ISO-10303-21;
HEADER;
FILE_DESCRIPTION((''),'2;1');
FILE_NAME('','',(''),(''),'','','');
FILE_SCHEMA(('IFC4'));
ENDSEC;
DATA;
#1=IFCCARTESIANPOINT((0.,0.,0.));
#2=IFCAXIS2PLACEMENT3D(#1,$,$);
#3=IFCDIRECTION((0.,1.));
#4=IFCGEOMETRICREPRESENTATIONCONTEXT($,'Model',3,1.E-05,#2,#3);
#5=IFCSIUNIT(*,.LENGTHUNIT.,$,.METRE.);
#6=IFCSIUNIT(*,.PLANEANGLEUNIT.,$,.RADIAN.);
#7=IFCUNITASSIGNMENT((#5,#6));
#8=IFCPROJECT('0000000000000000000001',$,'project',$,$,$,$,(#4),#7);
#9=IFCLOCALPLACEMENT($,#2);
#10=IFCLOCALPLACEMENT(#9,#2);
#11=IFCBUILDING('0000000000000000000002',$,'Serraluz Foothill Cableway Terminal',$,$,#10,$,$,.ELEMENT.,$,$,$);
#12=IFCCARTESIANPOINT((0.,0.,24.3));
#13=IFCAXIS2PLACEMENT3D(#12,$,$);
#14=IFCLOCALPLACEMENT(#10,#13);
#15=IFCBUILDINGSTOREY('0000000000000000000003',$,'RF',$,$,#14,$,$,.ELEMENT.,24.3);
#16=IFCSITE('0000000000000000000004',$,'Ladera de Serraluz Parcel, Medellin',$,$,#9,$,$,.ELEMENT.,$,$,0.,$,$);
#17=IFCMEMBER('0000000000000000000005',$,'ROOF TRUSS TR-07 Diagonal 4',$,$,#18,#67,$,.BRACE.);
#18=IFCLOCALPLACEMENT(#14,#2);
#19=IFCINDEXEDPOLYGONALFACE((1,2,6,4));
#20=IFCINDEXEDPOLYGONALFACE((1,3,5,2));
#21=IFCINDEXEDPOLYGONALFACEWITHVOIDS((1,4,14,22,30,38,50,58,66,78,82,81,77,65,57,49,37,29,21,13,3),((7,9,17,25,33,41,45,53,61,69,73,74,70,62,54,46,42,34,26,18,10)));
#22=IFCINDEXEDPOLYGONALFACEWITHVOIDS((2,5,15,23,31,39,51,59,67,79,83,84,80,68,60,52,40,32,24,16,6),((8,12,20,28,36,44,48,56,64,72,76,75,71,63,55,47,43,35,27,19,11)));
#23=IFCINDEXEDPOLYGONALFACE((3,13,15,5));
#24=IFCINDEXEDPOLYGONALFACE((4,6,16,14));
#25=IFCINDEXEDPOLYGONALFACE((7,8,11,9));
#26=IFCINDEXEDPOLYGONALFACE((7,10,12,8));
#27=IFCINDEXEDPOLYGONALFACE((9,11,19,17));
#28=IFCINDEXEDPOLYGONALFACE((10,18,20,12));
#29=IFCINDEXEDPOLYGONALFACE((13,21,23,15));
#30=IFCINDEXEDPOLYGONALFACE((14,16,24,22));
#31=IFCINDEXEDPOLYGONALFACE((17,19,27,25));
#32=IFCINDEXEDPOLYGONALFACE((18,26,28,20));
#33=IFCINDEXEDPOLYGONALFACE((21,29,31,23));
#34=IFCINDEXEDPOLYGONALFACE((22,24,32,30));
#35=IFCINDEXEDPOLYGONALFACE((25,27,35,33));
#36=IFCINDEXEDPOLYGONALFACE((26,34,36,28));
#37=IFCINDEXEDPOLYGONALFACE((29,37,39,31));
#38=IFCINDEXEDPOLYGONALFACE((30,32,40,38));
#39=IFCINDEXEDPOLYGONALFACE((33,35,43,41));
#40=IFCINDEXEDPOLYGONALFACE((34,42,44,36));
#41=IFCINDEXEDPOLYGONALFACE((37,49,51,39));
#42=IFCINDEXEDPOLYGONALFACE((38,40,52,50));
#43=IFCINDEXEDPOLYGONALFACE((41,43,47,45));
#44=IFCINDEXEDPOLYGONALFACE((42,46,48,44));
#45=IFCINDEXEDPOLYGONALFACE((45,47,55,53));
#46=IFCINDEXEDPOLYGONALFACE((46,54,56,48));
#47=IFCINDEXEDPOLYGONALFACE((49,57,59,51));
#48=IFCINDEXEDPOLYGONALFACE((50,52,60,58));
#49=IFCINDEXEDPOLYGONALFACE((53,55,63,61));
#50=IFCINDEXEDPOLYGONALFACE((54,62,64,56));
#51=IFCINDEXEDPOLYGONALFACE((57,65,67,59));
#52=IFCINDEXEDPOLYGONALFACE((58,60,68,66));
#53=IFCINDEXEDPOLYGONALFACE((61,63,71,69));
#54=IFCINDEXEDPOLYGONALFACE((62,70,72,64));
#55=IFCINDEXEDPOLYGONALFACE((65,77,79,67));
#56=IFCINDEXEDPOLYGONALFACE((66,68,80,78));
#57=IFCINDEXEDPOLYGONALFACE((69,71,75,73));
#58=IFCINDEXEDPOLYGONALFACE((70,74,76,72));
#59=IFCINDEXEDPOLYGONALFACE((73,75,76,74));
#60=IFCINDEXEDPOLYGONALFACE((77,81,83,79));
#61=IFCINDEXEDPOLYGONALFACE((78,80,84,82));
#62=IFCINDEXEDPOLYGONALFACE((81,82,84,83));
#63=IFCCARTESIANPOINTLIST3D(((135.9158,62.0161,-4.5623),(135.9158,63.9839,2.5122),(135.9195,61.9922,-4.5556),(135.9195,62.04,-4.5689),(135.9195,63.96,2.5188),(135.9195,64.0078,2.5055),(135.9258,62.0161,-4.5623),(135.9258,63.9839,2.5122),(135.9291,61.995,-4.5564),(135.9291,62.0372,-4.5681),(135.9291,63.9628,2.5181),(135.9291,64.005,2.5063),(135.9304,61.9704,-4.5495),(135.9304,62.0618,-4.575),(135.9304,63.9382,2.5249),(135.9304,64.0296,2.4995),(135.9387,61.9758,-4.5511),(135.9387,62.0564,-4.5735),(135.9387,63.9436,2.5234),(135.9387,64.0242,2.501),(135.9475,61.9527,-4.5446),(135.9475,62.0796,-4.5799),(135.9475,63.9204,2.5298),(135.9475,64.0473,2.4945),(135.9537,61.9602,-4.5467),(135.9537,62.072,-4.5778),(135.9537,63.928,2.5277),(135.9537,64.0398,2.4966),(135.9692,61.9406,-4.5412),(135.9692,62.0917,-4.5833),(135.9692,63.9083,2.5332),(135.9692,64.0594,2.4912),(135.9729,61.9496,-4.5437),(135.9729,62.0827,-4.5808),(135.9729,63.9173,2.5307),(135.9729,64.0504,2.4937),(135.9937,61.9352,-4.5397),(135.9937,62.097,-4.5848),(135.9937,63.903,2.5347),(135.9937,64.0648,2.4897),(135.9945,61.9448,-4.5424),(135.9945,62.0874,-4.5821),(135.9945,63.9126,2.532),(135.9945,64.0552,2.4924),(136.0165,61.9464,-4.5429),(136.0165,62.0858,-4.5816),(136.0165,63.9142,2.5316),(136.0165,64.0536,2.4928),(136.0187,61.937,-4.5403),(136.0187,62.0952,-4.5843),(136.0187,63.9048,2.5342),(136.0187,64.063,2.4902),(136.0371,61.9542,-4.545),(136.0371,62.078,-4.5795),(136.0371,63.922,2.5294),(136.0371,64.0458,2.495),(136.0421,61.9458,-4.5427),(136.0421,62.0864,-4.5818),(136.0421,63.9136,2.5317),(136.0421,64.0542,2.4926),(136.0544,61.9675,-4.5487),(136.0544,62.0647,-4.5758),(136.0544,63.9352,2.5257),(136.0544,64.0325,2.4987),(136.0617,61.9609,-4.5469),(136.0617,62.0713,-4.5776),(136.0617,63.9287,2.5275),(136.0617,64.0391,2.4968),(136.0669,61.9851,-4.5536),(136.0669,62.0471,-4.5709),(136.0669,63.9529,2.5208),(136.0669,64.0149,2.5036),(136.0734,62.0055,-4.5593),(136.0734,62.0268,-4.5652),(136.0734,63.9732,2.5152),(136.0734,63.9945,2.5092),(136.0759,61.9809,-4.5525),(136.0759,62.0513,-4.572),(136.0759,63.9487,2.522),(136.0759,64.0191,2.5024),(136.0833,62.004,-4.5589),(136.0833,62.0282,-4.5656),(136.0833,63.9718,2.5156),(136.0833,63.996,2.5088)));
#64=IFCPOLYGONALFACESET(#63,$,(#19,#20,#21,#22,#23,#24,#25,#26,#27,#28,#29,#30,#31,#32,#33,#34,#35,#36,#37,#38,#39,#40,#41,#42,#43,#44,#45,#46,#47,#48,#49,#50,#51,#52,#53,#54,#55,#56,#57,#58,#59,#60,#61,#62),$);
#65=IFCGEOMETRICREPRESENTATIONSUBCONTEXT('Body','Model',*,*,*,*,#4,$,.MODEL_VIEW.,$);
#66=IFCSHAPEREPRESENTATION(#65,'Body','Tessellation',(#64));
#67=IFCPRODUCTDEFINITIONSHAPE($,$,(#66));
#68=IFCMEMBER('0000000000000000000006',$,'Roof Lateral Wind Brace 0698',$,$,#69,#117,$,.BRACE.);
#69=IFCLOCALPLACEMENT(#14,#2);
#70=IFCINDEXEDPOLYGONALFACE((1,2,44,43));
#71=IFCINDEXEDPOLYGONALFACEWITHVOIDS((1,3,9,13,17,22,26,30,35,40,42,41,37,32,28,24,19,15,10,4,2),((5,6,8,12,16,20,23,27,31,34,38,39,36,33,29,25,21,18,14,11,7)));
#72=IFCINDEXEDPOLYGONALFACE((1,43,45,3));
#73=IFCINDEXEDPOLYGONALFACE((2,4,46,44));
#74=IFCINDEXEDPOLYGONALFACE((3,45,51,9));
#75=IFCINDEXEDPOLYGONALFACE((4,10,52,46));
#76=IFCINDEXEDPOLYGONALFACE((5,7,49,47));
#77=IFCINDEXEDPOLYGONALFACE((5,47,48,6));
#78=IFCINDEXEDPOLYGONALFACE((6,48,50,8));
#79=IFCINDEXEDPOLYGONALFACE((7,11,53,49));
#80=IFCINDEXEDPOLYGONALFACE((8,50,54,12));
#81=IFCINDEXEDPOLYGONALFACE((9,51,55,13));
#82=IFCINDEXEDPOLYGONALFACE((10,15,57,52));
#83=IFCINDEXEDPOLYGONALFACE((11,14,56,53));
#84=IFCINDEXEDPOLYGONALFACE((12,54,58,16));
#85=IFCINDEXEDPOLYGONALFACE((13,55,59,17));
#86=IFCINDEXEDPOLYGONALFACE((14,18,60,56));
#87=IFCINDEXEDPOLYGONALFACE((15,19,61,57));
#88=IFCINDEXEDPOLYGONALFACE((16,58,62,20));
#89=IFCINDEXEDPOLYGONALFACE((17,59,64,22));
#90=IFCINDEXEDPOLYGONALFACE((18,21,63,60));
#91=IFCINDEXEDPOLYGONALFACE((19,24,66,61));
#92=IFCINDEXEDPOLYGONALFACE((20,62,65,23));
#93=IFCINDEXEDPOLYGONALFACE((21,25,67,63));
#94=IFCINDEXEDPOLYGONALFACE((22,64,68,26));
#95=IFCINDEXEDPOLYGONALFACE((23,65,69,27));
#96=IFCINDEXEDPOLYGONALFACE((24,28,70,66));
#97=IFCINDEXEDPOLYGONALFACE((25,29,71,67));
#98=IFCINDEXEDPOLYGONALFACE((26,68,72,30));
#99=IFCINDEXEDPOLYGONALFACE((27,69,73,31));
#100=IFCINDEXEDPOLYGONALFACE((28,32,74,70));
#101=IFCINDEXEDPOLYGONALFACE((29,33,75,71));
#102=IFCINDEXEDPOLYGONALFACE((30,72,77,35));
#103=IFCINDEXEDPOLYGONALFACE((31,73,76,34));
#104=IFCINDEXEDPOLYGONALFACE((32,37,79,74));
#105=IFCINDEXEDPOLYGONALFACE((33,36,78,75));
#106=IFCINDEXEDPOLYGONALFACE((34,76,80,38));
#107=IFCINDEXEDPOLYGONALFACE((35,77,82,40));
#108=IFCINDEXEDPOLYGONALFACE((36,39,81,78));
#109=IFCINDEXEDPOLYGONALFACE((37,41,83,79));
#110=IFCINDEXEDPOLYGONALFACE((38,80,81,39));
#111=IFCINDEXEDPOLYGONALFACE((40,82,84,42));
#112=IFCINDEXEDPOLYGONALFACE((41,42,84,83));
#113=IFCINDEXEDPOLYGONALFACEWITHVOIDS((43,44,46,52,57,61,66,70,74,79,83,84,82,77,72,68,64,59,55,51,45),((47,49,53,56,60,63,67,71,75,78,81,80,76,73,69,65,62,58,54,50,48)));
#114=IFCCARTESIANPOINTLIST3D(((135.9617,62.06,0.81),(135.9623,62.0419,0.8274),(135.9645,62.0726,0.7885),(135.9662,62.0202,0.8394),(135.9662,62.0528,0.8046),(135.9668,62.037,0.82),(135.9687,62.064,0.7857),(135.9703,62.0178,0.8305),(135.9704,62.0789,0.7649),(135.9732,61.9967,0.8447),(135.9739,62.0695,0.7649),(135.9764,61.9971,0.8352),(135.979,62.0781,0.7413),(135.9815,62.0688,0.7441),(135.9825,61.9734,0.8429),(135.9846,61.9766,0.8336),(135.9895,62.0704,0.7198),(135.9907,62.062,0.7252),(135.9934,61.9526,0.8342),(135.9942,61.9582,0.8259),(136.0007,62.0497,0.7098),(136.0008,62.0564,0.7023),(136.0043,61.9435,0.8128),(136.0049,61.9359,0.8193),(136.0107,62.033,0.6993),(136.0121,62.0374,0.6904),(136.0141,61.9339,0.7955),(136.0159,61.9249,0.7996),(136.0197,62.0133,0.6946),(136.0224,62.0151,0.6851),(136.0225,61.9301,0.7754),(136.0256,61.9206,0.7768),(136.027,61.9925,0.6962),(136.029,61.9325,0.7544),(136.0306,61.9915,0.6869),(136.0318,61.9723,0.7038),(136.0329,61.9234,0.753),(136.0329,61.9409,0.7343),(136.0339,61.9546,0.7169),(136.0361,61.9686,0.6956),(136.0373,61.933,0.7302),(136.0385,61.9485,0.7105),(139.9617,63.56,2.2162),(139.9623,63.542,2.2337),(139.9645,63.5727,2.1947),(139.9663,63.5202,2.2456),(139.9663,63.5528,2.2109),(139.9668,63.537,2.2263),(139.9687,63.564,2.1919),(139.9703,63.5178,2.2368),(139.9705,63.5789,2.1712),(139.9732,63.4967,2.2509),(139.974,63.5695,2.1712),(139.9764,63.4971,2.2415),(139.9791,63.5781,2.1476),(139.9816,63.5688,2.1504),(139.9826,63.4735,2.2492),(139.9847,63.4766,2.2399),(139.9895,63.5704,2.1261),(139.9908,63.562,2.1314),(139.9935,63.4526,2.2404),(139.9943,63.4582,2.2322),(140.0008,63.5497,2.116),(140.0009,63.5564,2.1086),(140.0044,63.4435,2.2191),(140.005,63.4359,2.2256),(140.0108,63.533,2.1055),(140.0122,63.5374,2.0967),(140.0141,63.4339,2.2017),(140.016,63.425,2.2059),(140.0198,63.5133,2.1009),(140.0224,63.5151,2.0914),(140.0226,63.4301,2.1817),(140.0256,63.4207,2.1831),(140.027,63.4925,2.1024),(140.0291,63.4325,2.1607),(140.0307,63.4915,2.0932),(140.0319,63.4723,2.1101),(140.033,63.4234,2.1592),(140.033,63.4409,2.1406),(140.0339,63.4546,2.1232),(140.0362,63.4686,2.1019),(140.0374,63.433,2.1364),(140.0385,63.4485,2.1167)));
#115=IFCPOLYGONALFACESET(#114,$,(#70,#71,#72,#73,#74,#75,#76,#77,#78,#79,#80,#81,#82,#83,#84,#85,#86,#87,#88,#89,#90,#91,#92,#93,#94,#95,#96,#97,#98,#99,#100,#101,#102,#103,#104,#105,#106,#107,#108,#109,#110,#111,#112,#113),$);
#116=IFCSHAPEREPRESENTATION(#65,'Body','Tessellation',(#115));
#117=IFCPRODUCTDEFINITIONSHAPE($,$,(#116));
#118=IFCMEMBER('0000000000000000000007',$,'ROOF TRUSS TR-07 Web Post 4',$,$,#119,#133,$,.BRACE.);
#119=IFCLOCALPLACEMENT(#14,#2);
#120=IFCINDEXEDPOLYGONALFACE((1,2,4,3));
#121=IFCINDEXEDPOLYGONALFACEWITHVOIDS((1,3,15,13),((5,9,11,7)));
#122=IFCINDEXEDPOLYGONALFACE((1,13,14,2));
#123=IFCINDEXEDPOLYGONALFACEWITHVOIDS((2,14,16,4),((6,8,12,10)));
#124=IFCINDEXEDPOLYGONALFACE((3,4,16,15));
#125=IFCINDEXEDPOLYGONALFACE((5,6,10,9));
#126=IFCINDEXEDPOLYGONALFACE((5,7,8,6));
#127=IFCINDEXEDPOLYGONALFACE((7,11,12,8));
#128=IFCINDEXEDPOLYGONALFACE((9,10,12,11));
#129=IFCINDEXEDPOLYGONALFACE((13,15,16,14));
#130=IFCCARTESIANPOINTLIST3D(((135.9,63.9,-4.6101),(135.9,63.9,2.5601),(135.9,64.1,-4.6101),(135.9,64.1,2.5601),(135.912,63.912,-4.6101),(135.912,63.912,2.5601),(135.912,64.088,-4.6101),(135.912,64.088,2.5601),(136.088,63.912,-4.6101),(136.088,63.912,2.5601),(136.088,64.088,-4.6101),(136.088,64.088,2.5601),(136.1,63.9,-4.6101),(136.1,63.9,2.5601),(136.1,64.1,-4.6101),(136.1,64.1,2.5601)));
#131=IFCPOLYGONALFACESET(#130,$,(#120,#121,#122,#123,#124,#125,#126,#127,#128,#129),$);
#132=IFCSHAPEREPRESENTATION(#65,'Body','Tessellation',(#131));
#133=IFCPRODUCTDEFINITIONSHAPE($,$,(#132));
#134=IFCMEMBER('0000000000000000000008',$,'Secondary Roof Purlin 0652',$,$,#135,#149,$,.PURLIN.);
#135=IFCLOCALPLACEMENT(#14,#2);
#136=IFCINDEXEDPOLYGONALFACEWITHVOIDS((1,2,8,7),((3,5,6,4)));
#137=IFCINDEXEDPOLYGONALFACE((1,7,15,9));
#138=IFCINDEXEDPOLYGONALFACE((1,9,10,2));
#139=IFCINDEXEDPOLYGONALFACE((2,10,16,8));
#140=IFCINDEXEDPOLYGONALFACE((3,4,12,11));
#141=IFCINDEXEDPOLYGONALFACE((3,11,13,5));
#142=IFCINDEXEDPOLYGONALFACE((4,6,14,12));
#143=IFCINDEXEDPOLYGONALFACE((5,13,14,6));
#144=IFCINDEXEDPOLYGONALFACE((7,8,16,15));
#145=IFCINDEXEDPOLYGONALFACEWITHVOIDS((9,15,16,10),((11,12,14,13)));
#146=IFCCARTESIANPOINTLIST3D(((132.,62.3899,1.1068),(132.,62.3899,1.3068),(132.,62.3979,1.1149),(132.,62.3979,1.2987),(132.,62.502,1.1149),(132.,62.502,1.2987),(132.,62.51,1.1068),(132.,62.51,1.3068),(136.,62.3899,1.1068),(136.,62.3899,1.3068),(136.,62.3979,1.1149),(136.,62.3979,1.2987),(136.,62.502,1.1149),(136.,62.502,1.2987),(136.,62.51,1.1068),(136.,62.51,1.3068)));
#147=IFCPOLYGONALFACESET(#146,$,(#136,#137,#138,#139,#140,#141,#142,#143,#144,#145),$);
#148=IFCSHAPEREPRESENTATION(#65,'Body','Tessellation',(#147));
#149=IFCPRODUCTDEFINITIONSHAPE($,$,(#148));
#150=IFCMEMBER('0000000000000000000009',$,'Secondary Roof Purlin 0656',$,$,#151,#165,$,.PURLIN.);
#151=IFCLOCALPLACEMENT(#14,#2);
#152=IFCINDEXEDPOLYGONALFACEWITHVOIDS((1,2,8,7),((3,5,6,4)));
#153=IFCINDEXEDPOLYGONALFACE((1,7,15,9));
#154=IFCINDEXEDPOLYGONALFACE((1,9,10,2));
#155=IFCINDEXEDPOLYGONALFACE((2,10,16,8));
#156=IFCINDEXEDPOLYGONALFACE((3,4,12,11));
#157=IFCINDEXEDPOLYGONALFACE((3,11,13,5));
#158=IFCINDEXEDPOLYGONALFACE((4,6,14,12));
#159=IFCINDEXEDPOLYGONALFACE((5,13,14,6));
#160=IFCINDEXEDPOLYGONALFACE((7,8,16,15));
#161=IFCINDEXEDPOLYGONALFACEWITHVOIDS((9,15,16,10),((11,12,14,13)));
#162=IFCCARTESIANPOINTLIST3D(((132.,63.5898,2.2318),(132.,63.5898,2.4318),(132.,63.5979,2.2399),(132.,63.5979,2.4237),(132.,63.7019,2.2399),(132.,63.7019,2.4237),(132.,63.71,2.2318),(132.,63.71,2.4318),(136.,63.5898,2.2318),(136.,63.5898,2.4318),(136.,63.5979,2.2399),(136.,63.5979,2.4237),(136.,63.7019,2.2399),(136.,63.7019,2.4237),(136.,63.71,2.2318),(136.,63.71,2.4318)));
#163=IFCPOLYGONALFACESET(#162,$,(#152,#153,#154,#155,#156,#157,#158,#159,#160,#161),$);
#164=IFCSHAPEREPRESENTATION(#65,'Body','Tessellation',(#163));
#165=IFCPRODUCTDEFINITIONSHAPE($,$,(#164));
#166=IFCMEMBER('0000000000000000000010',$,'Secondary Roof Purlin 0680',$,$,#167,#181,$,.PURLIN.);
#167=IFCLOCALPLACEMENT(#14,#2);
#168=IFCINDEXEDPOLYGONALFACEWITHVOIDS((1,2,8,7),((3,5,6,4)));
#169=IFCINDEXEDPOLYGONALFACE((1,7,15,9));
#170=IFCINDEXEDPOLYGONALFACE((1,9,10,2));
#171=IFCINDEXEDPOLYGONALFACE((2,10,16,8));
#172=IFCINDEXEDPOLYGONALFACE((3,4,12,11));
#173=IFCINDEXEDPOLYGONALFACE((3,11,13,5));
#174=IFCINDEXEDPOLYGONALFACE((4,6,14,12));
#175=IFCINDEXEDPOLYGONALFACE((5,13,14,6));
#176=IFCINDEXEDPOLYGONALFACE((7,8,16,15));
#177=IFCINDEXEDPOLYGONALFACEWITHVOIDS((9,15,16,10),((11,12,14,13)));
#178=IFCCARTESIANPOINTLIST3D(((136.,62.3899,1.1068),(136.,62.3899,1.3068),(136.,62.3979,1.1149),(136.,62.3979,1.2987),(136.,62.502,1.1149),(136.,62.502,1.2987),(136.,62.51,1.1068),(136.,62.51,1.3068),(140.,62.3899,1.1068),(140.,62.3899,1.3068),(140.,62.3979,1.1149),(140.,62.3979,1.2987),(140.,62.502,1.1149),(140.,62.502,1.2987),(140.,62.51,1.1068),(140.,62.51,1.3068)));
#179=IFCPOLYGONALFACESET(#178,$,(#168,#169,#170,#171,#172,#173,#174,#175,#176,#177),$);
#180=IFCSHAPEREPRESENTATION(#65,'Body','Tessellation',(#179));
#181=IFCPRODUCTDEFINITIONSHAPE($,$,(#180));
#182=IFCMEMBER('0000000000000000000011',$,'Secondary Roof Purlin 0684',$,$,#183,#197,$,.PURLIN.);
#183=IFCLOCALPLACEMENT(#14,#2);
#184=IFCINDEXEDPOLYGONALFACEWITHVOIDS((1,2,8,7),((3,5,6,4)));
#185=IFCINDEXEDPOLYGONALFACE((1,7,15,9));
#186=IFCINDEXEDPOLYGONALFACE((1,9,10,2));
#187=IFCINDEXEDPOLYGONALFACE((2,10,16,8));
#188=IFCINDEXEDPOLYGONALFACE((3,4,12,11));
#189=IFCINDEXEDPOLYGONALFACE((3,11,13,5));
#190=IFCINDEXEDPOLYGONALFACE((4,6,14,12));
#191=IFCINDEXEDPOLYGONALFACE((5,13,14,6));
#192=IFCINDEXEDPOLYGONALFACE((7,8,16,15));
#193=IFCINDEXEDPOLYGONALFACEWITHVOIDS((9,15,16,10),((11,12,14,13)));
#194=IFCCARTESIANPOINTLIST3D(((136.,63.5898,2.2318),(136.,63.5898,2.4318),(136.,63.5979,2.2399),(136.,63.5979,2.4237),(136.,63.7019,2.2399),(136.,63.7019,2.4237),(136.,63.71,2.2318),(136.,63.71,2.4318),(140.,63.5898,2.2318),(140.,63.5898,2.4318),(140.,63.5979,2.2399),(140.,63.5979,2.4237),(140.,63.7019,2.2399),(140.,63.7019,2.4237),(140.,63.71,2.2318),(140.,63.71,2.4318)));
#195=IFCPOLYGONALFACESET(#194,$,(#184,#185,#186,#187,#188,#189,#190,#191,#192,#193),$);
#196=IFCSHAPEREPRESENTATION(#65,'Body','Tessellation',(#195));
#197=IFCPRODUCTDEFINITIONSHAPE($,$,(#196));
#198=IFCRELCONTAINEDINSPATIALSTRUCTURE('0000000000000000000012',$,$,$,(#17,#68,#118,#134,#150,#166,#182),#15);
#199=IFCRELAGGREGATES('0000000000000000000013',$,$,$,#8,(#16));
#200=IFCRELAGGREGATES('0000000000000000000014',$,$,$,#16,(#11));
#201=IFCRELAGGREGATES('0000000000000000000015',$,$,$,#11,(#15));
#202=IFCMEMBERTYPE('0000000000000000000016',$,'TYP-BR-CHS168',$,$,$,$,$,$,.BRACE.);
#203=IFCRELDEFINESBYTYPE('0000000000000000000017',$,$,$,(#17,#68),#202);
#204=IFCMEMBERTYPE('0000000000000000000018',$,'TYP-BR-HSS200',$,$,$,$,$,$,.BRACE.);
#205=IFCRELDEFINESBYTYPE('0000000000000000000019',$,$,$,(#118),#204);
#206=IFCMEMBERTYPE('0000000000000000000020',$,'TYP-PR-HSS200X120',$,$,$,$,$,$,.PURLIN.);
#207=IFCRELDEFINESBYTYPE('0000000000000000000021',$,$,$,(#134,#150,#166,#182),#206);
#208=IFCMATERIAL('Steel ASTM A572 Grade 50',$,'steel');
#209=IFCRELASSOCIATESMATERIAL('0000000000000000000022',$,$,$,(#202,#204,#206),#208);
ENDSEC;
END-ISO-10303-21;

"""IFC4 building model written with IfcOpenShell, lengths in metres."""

from ifc_helpers import new_model, si_unit, direction, frame, origin, origin_2d, place, context, subcontext, project, spatial, hollow_rectangle, hollow_circle, extrude, material, material_profile, profile_set, type_object, element, save


model = new_model("IFC4")

# Units and contexts
model_context = context("Model", 3, precision=1e-05, world=origin(), true_north=direction((0.0, 1.0)))
body_context = subcontext(model_context, "Body", "Model", "MODEL_VIEW")
ifc_project = project(units=[si_unit("LENGTHUNIT", "METRE"), si_unit("PLANEANGLEUNIT", "RADIAN")], contexts=[model_context])

# Site, building, storey
site_placement = place(None, origin())
site = spatial("IfcSite", under=ifc_project, at=site_placement, Name="Ladera de Serraluz Parcel, Medellin", CompositionType="ELEMENT", RefElevation=0.0)
building_placement = place(site_placement, origin())
building = spatial("IfcBuilding", under=site, at=building_placement, Name="Serraluz Foothill Cableway Terminal", CompositionType="ELEMENT")
storey_placement = place(building_placement, frame((0.0, 0.0, 24.3)))
storey = spatial("IfcBuildingStorey", under=building, at=storey_placement, Name="RF", CompositionType="ELEMENT", Elevation=24.3)

# Members
ifc_material_1 = material(Name="Steel ASTM A572 Grade 50", Category="steel")
ifc_material_profile_1 = material_profile(ifc_material_1, hollow_circle(Radius=0.0842, WallThickness=0.01, at=origin_2d()), Name="CHS168X10")
ifc_profile_set_1 = profile_set([ifc_material_profile_1], Name="Steel ASTM A572 Grade 50")
member_type_1 = type_object("IfcMemberType", Name="TYP-BR-CHS168", PredefinedType="BRACE", material=ifc_profile_set_1)
member_1_placement = place(storey_placement, frame((136.0, 62.0161, -4.5623), z_axis=(0.0, 0.267978, 0.963425), x_axis=(-1.0, 0.0, 0.0)))
element("IfcMember", 1, at=member_1_placement, inside=storey, type_object=member_type_1, Name="ROOF TRUSS TR-07 Diagonal 4", PredefinedType="BRACE", context=body_context, shape_type="SweptSolid", body=[
    extrude(hollow_circle(Radius=0.0842, WallThickness=0.01, at=origin_2d()), origin(), (0.0, 0.0, 1.0), 7.343),
])
member_2_placement = place(storey_placement, frame((136.0, 62.0, 0.7649), z_axis=(0.889382, 0.333518, 0.312673), x_axis=(-0.351123, 0.936329, 0.0)))
element("IfcMember", 2, at=member_2_placement, inside=storey, type_object=member_type_1, Name="Roof Lateral Wind Brace 0698", PredefinedType="BRACE", context=body_context, shape_type="SweptSolid", body=[
    extrude(hollow_circle(Radius=0.0842, WallThickness=0.01, at=origin_2d()), origin(), (0.0, 0.0, 1.0), 4.4976),
])
ifc_material_profile_2 = material_profile(ifc_material_1, hollow_rectangle(XDim=0.2, YDim=0.2, WallThickness=0.012, at=origin_2d()), Name="HSS200X200X12")
ifc_profile_set_2 = profile_set([ifc_material_profile_2], Name="Steel ASTM A572 Grade 50")
member_type_2 = type_object("IfcMemberType", Name="TYP-BR-HSS200", PredefinedType="BRACE", material=ifc_profile_set_2)
member_3_placement = place(storey_placement, frame((136.0, 64.0, -4.6101), z_axis=(0.0, 0.0, 1.0), x_axis=(1.0, 0.0, 0.0)))
element("IfcMember", 3, at=member_3_placement, inside=storey, type_object=member_type_2, Name="ROOF TRUSS TR-07 Web Post 4", PredefinedType="BRACE", context=body_context, shape_type="SweptSolid", body=[
    extrude(hollow_rectangle(XDim=0.2, YDim=0.2, WallThickness=0.012, at=origin_2d()), origin(), (0.0, 0.0, 1.0), 7.1702),
])
ifc_material_profile_3 = material_profile(ifc_material_1, hollow_rectangle(XDim=0.1201, YDim=0.2, WallThickness=0.0081, at=origin_2d()), Name="HSS200X120X8")
ifc_profile_set_3 = profile_set([ifc_material_profile_3], Name="Steel ASTM A572 Grade 50")
member_type_3 = type_object("IfcMemberType", Name="TYP-PR-HSS200X120", PredefinedType="PURLIN", material=ifc_profile_set_3)
for number, where, z_axis, x_axis, name in (
    (4, (132.0, 62.45, 1.2068), (1.0, 0.0, 0.0), (0.0, 1.0, 0.0), "Secondary Roof Purlin 0652"),
    (5, (132.0, 63.6499, 2.3318), (1.0, 0.0, 0.0), (0.0, 1.0, 0.0), "Secondary Roof Purlin 0656"),
    (6, (136.0, 62.45, 1.2068), (1.0, 0.0, 0.0), (0.0, 1.0, 0.0), "Secondary Roof Purlin 0680"),
    (7, (136.0, 63.6499, 2.3318), (1.0, 0.0, 0.0), (0.0, 1.0, 0.0), "Secondary Roof Purlin 0684"),
):
    element("IfcMember", number, at=place(storey_placement, frame(where, z_axis=z_axis, x_axis=x_axis)), inside=storey, type_object=member_type_3, Name=name, PredefinedType="PURLIN", context=body_context, shape_type="SweptSolid", body=[
        extrude(hollow_rectangle(XDim=0.1201, YDim=0.2, WallThickness=0.0081, at=origin_2d()), origin(), (0.0, 0.0, 1.0), 4.0),
    ])

save(model, "model.ifc")
